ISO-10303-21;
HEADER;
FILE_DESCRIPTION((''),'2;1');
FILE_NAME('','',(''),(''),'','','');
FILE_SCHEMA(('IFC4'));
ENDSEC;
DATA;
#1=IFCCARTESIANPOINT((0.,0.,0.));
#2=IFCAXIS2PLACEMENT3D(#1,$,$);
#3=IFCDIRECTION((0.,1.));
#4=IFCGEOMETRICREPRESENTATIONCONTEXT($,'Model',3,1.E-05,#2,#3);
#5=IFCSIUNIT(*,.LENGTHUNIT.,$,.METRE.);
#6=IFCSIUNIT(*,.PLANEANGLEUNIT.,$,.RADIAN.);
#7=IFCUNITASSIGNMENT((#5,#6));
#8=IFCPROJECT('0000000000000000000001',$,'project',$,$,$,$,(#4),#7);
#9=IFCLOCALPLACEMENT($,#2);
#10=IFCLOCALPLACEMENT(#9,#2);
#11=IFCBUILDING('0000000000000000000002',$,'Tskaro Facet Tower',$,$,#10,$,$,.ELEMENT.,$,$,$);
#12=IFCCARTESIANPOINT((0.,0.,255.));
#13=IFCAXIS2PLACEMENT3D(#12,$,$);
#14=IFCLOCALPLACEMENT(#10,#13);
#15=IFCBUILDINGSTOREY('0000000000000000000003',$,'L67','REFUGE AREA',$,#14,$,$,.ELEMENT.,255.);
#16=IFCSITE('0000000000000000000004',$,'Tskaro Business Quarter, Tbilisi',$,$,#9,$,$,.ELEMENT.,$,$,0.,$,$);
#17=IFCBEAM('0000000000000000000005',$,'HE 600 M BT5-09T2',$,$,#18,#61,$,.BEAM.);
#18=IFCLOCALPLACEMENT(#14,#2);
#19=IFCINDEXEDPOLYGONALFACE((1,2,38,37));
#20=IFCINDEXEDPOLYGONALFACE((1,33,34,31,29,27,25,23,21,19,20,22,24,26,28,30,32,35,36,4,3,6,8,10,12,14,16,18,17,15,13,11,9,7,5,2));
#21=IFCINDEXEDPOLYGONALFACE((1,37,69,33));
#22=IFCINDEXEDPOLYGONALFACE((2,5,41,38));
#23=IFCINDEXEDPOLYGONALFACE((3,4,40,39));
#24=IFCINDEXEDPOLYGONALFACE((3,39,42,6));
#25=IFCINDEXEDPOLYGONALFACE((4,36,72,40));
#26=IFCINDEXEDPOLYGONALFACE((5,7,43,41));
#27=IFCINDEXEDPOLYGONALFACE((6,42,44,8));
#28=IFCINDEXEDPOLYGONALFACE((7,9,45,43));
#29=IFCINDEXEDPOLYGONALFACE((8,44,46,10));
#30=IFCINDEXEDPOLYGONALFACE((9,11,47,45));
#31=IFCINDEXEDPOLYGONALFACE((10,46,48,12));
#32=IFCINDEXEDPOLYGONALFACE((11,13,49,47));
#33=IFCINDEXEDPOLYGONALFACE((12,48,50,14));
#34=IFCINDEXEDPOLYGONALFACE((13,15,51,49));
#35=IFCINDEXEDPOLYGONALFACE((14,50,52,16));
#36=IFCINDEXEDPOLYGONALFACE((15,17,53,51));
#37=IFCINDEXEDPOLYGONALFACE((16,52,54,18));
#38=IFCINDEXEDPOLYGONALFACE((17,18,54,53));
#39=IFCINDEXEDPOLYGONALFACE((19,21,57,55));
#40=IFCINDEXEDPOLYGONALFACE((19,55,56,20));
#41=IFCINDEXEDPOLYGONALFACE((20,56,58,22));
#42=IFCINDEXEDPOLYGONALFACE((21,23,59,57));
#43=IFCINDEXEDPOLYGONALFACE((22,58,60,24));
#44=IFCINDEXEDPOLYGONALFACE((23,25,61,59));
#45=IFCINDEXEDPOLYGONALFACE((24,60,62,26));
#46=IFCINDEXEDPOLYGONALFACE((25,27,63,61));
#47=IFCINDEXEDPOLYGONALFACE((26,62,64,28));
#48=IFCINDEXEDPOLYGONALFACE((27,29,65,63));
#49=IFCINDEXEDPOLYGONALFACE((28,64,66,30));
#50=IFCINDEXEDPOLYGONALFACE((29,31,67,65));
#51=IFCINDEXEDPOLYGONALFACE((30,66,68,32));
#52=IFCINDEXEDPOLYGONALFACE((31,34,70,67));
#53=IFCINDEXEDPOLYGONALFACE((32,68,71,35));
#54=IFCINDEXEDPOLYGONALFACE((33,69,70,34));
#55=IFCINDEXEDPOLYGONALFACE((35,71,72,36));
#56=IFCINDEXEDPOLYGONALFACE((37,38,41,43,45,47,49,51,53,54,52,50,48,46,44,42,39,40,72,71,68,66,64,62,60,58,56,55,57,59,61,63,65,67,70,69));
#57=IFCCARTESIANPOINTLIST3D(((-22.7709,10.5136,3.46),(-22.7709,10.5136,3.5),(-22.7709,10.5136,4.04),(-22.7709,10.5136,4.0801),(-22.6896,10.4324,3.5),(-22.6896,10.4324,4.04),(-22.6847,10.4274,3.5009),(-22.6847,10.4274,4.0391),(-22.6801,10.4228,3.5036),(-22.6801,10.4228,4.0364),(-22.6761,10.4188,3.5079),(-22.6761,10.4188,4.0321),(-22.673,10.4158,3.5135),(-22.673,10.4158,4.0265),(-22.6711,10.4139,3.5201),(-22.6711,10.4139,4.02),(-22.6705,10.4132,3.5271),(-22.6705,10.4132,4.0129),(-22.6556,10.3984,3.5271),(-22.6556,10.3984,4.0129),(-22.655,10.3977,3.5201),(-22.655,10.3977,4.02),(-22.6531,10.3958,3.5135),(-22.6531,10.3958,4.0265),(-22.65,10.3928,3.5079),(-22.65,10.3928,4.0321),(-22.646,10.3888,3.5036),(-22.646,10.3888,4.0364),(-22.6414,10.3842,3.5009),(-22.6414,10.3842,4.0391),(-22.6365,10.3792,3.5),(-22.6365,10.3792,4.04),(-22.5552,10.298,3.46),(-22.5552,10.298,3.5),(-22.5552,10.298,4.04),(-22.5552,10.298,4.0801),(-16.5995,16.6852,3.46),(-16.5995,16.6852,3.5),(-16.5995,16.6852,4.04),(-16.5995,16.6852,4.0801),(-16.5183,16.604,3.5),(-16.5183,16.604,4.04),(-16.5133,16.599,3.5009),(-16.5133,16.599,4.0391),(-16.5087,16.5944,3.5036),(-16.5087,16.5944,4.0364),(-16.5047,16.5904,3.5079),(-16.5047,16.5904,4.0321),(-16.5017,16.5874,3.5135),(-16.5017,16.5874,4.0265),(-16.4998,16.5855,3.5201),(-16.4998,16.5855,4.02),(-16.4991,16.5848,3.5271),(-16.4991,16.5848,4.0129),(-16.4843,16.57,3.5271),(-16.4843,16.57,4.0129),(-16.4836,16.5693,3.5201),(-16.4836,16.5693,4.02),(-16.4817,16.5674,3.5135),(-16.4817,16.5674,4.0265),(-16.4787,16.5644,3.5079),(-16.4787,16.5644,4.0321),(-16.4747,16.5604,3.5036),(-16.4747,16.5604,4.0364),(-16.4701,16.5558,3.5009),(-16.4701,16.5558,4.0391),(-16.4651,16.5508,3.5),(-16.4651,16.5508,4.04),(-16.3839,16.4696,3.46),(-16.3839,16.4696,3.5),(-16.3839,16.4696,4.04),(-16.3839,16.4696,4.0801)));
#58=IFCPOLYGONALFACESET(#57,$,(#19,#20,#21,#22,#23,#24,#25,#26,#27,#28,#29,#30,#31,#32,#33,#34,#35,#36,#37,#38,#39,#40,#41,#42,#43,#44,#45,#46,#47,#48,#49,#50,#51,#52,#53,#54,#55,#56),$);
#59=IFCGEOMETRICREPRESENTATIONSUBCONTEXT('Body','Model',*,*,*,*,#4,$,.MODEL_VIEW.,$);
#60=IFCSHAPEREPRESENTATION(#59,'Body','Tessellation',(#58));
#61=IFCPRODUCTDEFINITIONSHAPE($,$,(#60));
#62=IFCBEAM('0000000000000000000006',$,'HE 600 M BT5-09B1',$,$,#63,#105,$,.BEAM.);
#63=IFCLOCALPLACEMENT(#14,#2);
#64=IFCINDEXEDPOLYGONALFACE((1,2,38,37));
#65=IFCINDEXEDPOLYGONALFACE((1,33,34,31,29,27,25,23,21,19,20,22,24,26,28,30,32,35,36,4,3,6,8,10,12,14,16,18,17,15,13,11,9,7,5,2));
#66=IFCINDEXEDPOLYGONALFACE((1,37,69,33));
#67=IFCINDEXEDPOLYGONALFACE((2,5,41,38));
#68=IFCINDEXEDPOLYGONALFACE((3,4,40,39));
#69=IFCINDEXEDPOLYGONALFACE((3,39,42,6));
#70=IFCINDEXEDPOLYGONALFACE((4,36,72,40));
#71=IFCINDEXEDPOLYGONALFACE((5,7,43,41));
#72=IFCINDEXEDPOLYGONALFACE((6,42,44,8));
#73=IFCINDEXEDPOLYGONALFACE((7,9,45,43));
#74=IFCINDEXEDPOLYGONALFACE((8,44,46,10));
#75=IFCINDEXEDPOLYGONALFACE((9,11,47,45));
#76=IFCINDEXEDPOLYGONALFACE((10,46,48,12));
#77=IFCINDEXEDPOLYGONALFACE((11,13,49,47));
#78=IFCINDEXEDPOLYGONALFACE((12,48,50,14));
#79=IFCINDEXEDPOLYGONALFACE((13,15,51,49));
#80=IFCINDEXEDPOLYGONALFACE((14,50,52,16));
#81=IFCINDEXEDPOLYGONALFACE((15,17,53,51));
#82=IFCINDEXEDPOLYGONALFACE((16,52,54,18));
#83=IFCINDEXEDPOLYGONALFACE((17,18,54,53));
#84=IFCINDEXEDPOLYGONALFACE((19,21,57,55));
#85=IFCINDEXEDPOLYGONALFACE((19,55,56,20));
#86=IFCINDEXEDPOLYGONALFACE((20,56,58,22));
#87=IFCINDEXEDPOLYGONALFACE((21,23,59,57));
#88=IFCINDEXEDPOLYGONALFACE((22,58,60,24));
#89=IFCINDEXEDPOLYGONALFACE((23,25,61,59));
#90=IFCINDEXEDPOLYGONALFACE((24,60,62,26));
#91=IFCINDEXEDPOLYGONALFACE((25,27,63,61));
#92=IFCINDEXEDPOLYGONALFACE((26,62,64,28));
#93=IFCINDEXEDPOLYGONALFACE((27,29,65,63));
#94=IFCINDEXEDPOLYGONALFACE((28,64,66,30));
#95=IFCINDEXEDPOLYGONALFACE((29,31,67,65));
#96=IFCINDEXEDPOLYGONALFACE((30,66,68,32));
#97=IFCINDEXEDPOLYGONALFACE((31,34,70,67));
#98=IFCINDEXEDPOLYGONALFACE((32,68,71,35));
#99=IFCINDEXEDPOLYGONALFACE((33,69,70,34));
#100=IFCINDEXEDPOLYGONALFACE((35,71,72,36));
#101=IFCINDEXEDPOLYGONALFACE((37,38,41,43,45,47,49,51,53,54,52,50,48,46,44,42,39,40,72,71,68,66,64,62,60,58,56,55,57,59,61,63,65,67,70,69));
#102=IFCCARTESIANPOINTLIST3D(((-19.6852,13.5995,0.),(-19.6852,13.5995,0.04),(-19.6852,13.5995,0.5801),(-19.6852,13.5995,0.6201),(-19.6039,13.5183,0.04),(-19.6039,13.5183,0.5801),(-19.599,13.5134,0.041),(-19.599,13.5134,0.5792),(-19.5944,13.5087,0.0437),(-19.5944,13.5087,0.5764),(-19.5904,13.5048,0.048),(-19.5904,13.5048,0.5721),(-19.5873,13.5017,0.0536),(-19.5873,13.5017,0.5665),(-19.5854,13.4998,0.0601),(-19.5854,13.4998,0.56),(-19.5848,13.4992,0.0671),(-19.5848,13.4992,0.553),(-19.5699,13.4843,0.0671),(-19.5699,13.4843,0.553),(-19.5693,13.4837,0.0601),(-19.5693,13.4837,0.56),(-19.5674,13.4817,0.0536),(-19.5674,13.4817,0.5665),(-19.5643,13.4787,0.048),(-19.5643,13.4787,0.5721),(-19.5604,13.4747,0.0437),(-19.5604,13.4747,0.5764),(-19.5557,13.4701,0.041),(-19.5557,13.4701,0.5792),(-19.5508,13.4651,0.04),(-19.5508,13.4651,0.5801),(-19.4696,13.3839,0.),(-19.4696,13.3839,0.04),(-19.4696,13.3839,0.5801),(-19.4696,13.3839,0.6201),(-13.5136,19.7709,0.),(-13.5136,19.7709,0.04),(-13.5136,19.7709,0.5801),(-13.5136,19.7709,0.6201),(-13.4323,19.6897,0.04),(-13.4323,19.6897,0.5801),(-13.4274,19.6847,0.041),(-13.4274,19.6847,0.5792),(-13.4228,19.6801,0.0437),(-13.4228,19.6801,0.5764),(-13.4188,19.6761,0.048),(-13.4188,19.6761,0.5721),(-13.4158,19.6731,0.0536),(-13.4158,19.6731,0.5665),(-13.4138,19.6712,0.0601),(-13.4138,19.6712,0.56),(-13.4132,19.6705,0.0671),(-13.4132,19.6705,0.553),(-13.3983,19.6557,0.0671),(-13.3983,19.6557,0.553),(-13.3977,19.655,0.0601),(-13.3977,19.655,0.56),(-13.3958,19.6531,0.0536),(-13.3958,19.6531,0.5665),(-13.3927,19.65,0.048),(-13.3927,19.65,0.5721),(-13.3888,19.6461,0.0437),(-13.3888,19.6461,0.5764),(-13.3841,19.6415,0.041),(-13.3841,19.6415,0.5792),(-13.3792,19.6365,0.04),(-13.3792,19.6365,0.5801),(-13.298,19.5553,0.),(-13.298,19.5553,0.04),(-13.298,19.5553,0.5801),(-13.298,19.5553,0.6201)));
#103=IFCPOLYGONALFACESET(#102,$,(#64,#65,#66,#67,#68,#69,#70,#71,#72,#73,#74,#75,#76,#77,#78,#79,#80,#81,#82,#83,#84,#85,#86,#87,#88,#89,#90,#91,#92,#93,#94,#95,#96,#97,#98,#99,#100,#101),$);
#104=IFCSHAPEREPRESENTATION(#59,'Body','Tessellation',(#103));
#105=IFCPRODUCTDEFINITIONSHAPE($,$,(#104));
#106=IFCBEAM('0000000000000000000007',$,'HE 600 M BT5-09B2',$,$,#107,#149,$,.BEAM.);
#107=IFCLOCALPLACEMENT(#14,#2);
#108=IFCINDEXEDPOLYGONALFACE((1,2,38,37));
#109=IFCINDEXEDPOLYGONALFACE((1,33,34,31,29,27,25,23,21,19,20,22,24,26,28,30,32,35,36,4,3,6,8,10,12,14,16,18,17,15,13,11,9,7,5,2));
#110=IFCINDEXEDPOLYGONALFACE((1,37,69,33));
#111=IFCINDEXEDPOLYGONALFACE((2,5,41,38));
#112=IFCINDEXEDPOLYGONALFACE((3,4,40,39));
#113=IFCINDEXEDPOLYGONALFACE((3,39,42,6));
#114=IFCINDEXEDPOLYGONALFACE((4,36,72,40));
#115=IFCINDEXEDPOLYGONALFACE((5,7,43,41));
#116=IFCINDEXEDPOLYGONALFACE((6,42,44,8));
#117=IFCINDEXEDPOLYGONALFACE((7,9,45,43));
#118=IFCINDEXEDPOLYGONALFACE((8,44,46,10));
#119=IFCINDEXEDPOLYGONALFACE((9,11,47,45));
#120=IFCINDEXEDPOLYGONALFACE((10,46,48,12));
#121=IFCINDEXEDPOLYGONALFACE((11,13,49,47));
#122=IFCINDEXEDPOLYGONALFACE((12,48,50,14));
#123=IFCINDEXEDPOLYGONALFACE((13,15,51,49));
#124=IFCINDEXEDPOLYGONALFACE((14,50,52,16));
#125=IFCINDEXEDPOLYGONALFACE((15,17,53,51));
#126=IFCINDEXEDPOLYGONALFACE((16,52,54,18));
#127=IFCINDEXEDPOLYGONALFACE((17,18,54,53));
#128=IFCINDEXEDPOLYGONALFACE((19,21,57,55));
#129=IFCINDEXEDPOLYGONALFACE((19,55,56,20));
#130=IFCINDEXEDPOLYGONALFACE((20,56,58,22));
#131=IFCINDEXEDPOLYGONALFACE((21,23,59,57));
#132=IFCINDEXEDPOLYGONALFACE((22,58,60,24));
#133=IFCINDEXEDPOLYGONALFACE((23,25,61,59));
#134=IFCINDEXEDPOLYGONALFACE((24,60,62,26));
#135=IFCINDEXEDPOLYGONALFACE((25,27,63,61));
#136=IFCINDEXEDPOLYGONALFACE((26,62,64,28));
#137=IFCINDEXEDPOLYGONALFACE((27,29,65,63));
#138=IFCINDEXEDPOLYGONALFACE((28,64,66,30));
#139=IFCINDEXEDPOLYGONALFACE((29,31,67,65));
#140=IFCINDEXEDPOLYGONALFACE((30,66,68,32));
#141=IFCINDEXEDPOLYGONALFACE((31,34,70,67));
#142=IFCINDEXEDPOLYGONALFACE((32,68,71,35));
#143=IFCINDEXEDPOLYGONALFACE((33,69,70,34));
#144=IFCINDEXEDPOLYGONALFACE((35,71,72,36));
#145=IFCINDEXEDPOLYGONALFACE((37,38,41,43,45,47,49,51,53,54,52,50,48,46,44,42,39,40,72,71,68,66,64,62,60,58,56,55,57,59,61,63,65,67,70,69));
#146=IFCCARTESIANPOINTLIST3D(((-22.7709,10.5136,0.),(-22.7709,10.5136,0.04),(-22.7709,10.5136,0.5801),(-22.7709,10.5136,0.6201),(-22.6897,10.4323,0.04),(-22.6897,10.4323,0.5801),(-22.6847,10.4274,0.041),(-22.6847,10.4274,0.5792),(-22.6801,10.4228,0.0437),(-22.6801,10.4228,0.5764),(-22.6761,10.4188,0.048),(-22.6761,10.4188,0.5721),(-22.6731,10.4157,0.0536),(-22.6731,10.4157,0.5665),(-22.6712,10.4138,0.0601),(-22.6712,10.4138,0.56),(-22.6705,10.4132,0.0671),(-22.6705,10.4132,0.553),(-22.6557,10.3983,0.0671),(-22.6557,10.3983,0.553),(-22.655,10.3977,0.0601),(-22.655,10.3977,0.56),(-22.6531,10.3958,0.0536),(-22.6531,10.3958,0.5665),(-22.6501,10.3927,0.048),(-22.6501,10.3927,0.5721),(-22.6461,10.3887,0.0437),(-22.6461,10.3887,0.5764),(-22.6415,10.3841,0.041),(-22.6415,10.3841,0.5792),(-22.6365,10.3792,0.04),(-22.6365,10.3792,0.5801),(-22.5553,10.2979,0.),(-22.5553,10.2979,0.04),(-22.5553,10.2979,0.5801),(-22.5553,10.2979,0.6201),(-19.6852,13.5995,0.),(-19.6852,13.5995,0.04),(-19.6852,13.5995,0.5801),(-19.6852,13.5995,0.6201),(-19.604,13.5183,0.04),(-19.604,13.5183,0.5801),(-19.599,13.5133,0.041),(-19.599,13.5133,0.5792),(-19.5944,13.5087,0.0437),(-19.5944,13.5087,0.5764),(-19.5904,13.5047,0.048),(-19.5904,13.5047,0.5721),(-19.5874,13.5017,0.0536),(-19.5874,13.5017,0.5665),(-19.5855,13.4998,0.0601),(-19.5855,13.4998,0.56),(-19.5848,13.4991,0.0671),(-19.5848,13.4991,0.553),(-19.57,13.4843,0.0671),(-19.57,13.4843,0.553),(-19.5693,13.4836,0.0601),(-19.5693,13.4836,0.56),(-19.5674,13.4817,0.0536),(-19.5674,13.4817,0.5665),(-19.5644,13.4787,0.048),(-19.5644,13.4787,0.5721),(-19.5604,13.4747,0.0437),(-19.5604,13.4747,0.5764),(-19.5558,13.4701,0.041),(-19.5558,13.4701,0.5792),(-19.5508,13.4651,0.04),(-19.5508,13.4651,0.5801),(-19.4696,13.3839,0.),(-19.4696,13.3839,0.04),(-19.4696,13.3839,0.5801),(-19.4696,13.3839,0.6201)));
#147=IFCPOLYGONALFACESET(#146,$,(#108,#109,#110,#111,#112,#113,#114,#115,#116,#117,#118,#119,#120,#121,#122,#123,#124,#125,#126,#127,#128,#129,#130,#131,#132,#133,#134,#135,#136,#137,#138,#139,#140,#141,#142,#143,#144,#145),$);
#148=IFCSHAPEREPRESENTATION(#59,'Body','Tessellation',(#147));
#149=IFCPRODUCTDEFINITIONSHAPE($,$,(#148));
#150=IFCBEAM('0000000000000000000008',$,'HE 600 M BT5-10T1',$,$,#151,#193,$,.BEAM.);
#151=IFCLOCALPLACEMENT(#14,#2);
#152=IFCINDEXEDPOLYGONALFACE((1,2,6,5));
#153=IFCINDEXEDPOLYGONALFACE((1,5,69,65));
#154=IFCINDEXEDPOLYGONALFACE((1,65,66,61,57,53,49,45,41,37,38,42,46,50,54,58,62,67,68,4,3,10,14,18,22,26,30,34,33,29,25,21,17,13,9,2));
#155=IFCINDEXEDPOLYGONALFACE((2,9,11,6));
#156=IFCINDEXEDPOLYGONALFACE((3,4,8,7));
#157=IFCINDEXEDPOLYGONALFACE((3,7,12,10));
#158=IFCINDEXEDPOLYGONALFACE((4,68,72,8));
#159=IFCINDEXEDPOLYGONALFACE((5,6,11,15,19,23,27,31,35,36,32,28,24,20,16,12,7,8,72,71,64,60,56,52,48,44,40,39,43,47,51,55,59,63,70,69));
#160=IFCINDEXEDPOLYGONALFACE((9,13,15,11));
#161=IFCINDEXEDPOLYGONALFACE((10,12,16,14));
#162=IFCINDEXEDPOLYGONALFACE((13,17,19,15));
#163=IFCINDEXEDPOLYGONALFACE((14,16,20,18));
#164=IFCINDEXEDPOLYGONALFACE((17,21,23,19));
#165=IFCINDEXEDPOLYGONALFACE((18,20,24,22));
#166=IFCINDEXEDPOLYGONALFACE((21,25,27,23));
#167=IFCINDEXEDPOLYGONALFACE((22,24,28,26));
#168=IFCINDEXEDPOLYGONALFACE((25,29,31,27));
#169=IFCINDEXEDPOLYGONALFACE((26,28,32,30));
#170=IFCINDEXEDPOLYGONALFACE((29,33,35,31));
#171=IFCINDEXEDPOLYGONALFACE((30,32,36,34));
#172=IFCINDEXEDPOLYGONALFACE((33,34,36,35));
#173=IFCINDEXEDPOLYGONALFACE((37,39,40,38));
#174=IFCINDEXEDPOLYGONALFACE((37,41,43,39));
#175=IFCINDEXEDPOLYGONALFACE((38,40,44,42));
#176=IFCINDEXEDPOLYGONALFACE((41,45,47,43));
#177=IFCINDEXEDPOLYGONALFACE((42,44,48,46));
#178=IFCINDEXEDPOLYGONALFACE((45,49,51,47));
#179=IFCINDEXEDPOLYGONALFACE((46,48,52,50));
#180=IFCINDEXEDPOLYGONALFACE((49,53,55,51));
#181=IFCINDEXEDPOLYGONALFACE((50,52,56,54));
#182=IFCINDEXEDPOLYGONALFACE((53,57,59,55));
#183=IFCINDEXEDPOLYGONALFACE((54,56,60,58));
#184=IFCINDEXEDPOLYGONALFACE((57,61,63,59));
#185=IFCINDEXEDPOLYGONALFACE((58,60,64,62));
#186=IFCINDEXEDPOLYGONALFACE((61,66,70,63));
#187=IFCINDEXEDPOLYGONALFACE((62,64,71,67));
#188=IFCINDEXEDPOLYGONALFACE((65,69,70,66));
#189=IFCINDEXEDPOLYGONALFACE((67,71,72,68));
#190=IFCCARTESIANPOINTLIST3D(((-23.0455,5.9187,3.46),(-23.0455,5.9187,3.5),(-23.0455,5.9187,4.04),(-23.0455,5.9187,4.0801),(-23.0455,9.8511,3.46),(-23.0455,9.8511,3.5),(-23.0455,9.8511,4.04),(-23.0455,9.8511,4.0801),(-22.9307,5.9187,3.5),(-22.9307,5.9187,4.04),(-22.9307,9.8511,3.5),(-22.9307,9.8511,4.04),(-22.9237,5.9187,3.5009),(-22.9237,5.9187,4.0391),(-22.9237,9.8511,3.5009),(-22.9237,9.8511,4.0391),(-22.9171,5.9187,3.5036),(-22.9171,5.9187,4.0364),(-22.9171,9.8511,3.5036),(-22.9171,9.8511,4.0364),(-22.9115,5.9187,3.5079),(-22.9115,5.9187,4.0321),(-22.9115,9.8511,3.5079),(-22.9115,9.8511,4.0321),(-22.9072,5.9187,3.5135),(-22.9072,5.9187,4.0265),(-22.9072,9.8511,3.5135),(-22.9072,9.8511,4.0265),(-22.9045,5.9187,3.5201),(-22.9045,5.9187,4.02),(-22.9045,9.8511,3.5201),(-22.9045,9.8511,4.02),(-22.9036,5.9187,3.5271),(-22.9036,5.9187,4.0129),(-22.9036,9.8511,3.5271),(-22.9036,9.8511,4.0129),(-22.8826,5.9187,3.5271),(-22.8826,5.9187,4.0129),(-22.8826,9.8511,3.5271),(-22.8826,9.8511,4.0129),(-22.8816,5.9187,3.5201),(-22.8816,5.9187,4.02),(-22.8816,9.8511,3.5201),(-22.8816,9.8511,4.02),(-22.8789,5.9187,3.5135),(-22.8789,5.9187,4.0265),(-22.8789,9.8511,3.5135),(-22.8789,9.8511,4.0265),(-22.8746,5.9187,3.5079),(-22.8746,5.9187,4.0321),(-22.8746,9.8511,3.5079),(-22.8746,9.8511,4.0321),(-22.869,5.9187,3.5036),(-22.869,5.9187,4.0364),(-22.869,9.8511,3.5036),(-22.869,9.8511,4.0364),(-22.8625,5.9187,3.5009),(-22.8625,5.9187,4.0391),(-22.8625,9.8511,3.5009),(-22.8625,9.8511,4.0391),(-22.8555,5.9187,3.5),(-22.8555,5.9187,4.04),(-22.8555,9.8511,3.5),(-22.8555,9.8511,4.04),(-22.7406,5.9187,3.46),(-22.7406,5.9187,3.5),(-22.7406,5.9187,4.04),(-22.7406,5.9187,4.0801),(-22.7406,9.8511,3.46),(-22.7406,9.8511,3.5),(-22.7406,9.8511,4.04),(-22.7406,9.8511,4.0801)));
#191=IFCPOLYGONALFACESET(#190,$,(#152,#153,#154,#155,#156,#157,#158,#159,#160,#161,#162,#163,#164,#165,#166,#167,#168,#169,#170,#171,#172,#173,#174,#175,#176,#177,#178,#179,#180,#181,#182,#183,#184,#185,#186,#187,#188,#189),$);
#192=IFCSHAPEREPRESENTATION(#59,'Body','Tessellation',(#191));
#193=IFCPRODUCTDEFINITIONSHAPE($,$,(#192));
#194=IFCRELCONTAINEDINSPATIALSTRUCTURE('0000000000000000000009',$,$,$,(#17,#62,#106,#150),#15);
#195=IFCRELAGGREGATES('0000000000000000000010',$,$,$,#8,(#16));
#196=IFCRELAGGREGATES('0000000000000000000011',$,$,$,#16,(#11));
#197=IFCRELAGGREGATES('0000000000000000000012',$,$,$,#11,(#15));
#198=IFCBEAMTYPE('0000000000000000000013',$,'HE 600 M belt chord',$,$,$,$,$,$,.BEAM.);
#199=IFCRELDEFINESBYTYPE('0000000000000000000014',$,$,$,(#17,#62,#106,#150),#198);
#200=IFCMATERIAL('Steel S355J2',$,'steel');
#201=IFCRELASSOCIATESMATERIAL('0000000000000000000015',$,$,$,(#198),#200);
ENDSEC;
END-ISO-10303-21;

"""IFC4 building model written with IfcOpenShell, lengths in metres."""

from ifc_helpers import new_model, si_unit, direction, frame, origin, origin_2d, place, context, subcontext, project, spatial, i_section, extrude, material, material_profile, profile_set, type_object, element, save


model = new_model("IFC4")

# Units and contexts
model_context = context("Model", 3, precision=1e-05, world=origin(), true_north=direction((0.0, 1.0)))
body_context = subcontext(model_context, "Body", "Model", "MODEL_VIEW")
ifc_project = project(units=[si_unit("LENGTHUNIT", "METRE"), si_unit("PLANEANGLEUNIT", "RADIAN")], contexts=[model_context])

# Site, building, storey
site_placement = place(None, origin())
site = spatial("IfcSite", under=ifc_project, at=site_placement, Name="Tskaro Business Quarter, Tbilisi", CompositionType="ELEMENT", RefElevation=0.0)
building_placement = place(site_placement, origin())
building = spatial("IfcBuilding", under=site, at=building_placement, Name="Tskaro Facet Tower", CompositionType="ELEMENT")
storey_placement = place(building_placement, frame((0.0, 0.0, 255.0)))
storey = spatial("IfcBuildingStorey", under=building, at=storey_placement, Name="L67", Description="REFUGE AREA", CompositionType="ELEMENT", Elevation=255.0)

# Shared definitions
ifc_material_1 = material(Name="Steel S355J2", Category="steel")

# Beams
ifc_material_profile_1 = material_profile(ifc_material_1, i_section(OverallWidth=0.3049, OverallDepth=0.6201, WebThickness=0.021, FlangeThickness=0.04, FilletRadius=0.0271, at=origin_2d()), Name="HE 600 M")
ifc_profile_set_1 = profile_set([ifc_material_profile_1], Name="Steel S355J2")
beam_type_1 = type_object("IfcBeamType", Name="HE 600 M belt chord", PredefinedType="BEAM", material=ifc_profile_set_1)
for number, where, z_axis, x_axis, name in (
    (1, (-16.4917, 16.5774, 3.77), (-0.707093, -0.707121, 0.0), (0.707121, -0.707093, 0.0), "HE 600 M BT5-09T2"),
    (2, (-13.4058, 19.6631, 0.3101), (-0.707121, -0.707093, 0.0), (0.707093, -0.707121, 0.0), "HE 600 M BT5-09B1"),
):
    element("IfcBeam", number, at=place(storey_placement, frame(where, z_axis=z_axis, x_axis=x_axis)), inside=storey, type_object=beam_type_1, Name=name, PredefinedType="BEAM", context=body_context, shape_type="SweptSolid", body=[
        extrude(i_section(OverallWidth=0.3049, OverallDepth=0.6201, WebThickness=0.021, FlangeThickness=0.04, FilletRadius=0.0271, at=origin_2d()), origin(), (0.0, 0.0, 1.0), 8.7278),
    ])
beam_1_placement = place(storey_placement, frame((-19.5774, 13.4917, 0.3101), z_axis=(-0.707079, -0.707135, 0.0), x_axis=(0.707135, -0.707079, 0.0)))
element("IfcBeam", 3, at=beam_1_placement, inside=storey, type_object=beam_type_1, Name="HE 600 M BT5-09B2", PredefinedType="BEAM", context=body_context, shape_type="SweptSolid", body=[
    extrude(i_section(OverallWidth=0.3049, OverallDepth=0.6201, WebThickness=0.021, FlangeThickness=0.04, FilletRadius=0.0271, at=origin_2d()), origin(), (0.0, 0.0, 1.0), 4.364),
])
beam_2_placement = place(storey_placement, frame((-22.8931, 9.8511, 3.77), z_axis=(0.0, -1.0, 0.0), x_axis=(1.0, 0.0, 0.0)))
element("IfcBeam", 4, at=beam_2_placement, inside=storey, type_object=beam_type_1, Name="HE 600 M BT5-10T1", PredefinedType="BEAM", context=body_context, shape_type="SweptSolid", body=[
    extrude(i_section(OverallWidth=0.3049, OverallDepth=0.6201, WebThickness=0.021, FlangeThickness=0.04, FilletRadius=0.0271, at=origin_2d()), origin(), (0.0, 0.0, 1.0), 3.9324),
])

save(model, "model.ifc")
